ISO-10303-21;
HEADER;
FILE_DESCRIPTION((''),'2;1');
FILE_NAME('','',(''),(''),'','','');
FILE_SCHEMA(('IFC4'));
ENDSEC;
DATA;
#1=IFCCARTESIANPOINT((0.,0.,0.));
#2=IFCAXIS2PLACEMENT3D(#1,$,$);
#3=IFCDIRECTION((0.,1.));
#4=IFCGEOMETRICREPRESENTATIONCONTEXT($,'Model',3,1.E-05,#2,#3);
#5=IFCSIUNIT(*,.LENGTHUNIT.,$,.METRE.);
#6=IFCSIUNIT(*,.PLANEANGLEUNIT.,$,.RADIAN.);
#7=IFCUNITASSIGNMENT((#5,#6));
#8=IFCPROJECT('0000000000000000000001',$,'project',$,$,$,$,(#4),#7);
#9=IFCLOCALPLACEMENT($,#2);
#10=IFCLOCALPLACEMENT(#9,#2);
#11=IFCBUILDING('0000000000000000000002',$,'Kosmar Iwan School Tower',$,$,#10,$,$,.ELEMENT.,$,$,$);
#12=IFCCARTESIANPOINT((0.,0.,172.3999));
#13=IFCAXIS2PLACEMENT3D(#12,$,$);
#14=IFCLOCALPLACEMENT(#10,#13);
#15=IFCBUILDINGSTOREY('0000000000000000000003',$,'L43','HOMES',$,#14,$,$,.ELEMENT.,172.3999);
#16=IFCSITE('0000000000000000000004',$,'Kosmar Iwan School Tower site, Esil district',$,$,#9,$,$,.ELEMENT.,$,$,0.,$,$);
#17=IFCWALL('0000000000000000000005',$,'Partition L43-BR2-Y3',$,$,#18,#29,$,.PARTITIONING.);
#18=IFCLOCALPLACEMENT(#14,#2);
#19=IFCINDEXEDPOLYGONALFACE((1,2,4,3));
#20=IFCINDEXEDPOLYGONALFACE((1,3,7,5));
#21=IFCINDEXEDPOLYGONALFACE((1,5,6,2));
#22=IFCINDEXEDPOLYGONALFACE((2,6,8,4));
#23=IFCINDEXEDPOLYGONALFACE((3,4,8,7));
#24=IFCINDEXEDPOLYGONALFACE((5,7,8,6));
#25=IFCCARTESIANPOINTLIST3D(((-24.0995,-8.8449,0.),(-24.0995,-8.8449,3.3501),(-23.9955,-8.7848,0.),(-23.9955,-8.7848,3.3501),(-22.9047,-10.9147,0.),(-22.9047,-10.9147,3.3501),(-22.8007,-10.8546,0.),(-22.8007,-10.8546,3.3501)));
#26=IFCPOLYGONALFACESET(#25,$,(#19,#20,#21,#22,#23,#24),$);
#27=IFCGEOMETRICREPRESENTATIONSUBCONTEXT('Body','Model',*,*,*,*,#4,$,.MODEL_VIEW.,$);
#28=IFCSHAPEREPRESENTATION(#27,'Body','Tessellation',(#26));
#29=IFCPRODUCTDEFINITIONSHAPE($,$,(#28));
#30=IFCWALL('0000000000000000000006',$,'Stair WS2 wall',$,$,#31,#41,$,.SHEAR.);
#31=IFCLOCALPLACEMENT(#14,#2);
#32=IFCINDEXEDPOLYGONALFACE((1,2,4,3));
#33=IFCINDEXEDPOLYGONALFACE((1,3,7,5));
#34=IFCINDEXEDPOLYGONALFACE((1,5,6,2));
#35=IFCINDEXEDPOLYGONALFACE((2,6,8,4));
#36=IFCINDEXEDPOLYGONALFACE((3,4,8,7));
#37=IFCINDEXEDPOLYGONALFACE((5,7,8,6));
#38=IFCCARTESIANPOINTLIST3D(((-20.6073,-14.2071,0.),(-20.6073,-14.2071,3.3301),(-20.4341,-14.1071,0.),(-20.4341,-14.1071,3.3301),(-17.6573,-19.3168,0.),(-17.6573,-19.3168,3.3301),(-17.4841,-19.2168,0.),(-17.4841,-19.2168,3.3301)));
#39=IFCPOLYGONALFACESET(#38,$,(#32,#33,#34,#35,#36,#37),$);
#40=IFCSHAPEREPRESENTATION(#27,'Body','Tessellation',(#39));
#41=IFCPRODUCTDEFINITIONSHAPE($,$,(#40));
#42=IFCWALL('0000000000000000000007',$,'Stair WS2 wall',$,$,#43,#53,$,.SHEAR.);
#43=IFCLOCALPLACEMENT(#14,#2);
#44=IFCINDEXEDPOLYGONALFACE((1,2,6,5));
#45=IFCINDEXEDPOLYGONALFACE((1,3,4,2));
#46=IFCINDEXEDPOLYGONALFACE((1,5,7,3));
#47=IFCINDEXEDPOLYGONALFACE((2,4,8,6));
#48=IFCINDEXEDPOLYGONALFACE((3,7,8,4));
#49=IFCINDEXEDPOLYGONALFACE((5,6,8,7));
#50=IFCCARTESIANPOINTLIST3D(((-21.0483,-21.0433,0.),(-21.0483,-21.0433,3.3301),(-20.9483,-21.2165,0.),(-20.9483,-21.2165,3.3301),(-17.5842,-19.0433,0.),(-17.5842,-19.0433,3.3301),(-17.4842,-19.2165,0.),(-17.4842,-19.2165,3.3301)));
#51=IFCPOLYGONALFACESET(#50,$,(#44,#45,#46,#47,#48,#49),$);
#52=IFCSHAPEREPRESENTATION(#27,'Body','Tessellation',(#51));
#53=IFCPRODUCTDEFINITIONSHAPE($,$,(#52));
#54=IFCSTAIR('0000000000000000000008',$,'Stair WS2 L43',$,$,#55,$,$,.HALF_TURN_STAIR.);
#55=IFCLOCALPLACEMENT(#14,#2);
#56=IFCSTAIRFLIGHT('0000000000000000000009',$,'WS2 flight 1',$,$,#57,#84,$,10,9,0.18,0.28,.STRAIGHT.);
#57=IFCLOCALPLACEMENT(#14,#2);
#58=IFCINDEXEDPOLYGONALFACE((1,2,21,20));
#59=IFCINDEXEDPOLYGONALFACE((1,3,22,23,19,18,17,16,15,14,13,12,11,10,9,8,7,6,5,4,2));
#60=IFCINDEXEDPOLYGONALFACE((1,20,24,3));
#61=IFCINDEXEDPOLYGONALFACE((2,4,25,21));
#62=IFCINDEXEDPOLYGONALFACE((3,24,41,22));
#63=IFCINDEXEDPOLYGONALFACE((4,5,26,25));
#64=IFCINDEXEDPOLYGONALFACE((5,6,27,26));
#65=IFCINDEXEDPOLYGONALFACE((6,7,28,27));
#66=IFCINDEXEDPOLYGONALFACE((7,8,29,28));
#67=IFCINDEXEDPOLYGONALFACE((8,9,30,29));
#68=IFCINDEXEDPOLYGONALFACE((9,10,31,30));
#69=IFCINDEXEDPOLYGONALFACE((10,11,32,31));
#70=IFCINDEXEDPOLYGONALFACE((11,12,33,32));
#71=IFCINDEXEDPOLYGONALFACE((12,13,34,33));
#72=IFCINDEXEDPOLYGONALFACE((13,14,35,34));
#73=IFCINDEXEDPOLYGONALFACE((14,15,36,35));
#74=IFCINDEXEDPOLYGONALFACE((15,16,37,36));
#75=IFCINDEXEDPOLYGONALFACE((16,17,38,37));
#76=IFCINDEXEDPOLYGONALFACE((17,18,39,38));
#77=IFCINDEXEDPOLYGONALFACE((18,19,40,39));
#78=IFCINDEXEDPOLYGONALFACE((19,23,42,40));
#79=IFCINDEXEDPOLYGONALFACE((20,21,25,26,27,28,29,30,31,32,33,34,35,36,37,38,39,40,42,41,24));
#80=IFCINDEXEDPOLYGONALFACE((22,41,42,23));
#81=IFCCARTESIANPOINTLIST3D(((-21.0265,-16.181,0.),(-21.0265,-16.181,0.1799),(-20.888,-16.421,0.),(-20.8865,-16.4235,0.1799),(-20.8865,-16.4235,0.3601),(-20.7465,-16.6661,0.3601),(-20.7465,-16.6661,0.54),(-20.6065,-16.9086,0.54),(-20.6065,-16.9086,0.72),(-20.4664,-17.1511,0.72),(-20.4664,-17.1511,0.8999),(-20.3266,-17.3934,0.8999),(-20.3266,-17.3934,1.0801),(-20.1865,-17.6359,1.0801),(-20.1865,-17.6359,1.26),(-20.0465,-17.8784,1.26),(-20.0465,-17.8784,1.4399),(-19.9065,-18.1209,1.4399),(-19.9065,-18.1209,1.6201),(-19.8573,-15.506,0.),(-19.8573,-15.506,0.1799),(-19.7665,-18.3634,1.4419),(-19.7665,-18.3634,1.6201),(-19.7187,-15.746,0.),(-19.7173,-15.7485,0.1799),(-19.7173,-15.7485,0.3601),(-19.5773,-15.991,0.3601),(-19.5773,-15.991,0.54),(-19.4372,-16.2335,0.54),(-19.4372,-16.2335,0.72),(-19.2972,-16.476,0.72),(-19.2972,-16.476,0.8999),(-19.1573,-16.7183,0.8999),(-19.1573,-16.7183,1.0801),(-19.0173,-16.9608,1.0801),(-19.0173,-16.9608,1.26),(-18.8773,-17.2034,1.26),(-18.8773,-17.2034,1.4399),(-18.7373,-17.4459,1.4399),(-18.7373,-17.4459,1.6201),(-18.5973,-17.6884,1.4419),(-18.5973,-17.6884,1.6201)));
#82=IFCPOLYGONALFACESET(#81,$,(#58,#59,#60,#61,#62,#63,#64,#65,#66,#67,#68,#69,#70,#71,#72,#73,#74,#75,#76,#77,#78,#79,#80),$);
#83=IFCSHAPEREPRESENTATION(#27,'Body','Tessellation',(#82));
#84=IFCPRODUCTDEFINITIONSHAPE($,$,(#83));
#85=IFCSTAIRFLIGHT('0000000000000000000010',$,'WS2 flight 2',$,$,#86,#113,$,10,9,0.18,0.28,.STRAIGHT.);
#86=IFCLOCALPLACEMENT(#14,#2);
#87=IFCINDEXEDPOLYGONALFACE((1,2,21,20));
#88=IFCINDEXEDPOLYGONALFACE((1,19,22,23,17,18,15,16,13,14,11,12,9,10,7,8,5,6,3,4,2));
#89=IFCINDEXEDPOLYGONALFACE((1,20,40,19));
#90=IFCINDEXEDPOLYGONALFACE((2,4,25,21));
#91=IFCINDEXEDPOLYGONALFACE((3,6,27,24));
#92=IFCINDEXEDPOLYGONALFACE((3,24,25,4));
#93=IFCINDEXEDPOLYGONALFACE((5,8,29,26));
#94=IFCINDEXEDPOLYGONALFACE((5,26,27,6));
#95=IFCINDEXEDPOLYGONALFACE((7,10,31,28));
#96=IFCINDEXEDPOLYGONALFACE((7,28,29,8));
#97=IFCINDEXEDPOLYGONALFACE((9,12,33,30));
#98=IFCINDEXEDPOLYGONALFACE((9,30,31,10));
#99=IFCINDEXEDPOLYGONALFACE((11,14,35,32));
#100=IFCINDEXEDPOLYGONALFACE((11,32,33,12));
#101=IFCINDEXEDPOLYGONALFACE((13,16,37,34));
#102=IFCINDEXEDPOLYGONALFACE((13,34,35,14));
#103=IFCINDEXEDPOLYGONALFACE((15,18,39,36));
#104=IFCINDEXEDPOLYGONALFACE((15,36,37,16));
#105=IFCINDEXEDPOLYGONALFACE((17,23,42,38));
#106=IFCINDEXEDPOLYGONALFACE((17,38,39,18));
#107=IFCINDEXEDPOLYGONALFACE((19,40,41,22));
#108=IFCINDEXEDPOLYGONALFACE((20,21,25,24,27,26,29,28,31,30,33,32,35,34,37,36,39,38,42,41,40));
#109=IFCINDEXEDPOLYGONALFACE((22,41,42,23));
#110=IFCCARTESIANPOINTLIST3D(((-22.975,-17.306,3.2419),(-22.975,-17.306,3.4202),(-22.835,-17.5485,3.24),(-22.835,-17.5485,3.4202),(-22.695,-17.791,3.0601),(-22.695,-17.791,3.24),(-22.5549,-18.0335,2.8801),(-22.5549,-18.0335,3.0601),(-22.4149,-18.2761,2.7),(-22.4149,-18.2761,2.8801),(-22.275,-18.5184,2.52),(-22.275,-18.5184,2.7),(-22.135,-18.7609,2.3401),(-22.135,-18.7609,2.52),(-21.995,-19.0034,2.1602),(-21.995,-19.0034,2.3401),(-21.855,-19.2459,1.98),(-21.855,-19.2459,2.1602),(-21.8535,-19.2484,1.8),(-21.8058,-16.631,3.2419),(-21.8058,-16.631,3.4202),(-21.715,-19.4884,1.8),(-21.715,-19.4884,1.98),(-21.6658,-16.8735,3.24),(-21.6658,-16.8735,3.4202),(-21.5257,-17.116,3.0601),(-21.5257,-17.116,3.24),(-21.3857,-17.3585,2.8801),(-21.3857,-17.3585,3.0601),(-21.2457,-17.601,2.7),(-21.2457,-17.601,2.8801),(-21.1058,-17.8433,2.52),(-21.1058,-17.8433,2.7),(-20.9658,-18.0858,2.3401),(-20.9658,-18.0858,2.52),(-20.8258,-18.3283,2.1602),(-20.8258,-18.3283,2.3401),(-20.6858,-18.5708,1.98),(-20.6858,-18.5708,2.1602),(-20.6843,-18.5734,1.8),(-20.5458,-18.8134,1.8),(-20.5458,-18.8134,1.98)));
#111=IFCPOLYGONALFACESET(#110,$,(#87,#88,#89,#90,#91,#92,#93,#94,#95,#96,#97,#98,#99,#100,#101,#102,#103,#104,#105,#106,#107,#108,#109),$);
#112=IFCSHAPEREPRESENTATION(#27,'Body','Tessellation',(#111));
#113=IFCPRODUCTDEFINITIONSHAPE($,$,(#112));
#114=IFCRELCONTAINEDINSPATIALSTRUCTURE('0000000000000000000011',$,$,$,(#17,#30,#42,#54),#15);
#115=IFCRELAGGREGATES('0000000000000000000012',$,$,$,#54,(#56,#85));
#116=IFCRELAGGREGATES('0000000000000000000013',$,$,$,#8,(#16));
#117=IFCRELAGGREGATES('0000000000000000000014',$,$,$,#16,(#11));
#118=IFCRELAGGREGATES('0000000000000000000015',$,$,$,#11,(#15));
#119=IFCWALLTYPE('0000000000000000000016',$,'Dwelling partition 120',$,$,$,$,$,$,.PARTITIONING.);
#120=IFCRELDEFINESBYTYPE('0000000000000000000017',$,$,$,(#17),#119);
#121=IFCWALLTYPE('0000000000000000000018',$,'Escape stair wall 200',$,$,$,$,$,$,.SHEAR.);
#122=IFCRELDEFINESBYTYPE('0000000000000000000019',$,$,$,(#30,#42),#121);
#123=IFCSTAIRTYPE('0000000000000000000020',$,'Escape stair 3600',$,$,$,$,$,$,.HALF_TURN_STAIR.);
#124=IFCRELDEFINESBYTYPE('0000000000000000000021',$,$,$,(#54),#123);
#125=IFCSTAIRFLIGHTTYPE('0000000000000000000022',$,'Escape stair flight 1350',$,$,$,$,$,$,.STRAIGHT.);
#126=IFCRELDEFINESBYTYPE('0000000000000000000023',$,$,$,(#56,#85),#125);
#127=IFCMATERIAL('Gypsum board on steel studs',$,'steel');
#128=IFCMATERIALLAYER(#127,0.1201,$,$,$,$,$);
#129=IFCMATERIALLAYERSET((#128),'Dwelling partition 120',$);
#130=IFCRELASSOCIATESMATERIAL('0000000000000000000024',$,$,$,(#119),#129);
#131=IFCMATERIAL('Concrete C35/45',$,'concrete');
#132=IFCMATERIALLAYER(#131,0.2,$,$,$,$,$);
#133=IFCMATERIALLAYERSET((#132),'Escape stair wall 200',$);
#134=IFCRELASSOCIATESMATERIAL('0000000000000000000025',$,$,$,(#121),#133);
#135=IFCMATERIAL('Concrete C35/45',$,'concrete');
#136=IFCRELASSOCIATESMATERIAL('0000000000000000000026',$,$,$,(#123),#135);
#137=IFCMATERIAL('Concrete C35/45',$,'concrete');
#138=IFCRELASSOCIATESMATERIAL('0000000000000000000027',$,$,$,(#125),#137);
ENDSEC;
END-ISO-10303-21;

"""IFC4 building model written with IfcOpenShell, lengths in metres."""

from ifc_helpers import new_model, si_unit, direction, frame, frame_2d, origin, place, context, subcontext, project, spatial, polyline, rectangle, outline, extrude, material, layer, layer_set, type_object, element, aggregate, save


model = new_model("IFC4")

# Units and contexts
model_context = context("Model", 3, precision=1e-05, world=origin(), true_north=direction((0.0, 1.0)))
body_context = subcontext(model_context, "Body", "Model", "MODEL_VIEW")
ifc_project = project(units=[si_unit("LENGTHUNIT", "METRE"), si_unit("PLANEANGLEUNIT", "RADIAN")], contexts=[model_context])

# Site, building, storey
site_placement = place(None, origin())
site = spatial("IfcSite", under=ifc_project, at=site_placement, Name="Kosmar Iwan School Tower site, Esil district", CompositionType="ELEMENT", RefElevation=0.0)
building_placement = place(site_placement, origin())
building = spatial("IfcBuilding", under=site, at=building_placement, Name="Kosmar Iwan School Tower", CompositionType="ELEMENT")
storey_placement = place(building_placement, frame((0.0, 0.0, 172.3999)))
storey = spatial("IfcBuildingStorey", under=building, at=storey_placement, Name="L43", Description="HOMES", CompositionType="ELEMENT", Elevation=172.3999)

# Shared definitions
ifc_material_1 = material(Name="Gypsum board on steel studs", Category="steel")
ifc_layer_1 = layer(ifc_material_1, 0.1201)
ifc_layer_set_1 = layer_set([ifc_layer_1], Name="Dwelling partition 120")
wall_type_1 = type_object("IfcWallType", Name="Dwelling partition 120", PredefinedType="PARTITIONING", material=ifc_layer_set_1)

# Walls
wall_1_placement = place(storey_placement, frame((-22.8528, -10.8845, 0.0), z_axis=(0.0, 0.0, 1.0), x_axis=(-0.499941, 0.86606, 0.0)))
element("IfcWall", 1, at=wall_1_placement, inside=storey, type_object=wall_type_1, Name="Partition L43-BR2-Y3", PredefinedType="PARTITIONING", context=body_context, shape_type="SweptSolid", body=[
    extrude(rectangle(XDim=2.3899, YDim=0.1201, at=frame_2d((1.1948, 0.0))), origin(), (0.0, 0.0, 1.0), 3.3501),
])
ifc_material_2 = material(Name="Concrete C35/45", Category="concrete")
ifc_layer_2 = layer(ifc_material_2, 0.2)
ifc_layer_set_2 = layer_set([ifc_layer_2], Name="Escape stair wall 200")
wall_type_2 = type_object("IfcWallType", Name="Escape stair wall 200", PredefinedType="SHEAR", material=ifc_layer_set_2)
wall_2_placement = place(storey_placement, frame((-20.5208, -14.157, 0.0), z_axis=(0.0, 0.0, 1.0), x_axis=(0.499989, -0.866032, 0.0)))
element("IfcWall", 2, at=wall_2_placement, inside=storey, type_object=wall_type_2, Name="Stair WS2 wall", PredefinedType="SHEAR", context=body_context, shape_type="SweptSolid", body=[
    extrude(rectangle(XDim=5.9001, YDim=0.2, at=frame_2d((2.9502, 0.0))), origin(), (0.0, 0.0, 1.0), 3.3301),
])
wall_3_placement = place(storey_placement, frame((-17.5342, -19.1299, 0.0), z_axis=(0.0, 0.0, 1.0), x_axis=(-0.866026, -0.499999, 0.0)))
element("IfcWall", 3, at=wall_3_placement, inside=storey, type_object=wall_type_2, Name="Stair WS2 wall", PredefinedType="SHEAR", context=body_context, shape_type="SweptSolid", body=[
    extrude(rectangle(XDim=4.0, YDim=0.2, at=frame_2d((2.0, 0.0))), origin(), (0.0, 0.0, 1.0), 3.3301),
])

# Stair, stair flights
ifc_material_3 = material(Name="Concrete C35/45", Category="concrete")
stair_type = type_object("IfcStairType", Name="Escape stair 3600", PredefinedType="HALF_TURN_STAIR", material=ifc_material_3)
stair_placement = place(storey_placement, origin())
stair = element("IfcStair", 4, at=stair_placement, inside=storey, type_object=stair_type, Name="Stair WS2 L43", PredefinedType="HALF_TURN_STAIR")
ifc_material_4 = material(Name="Concrete C35/45", Category="concrete")
stair_flight_type = type_object("IfcStairFlightType", Name="Escape stair flight 1350", PredefinedType="STRAIGHT", material=ifc_material_4)
stair_flight_1_placement = place(storey_placement, frame((-20.4419, -15.8435, 0.0), z_axis=(0.0, 0.0, 1.0), x_axis=(0.5, -0.866025, 0.0)))
stair_flight_1 = element("IfcStairFlight", 5, at=stair_flight_1_placement, type_object=stair_flight_type, Name="WS2 flight 1", NumberOfRisers=10, NumberOfTreads=9, PredefinedType="STRAIGHT", RiserHeight=0.18, TreadLength=0.28, context=body_context, shape_type="SweptSolid", body=[
    extrude(outline(polyline([(0.0, 0.0), (0.0, 0.1799), (0.28, 0.1799), (0.28, 0.3601), (0.5601, 0.3601), (0.5601, 0.54), (0.8401, 0.54), (0.8401, 0.72), (1.1201, 0.72), (1.1201, 0.8999), (1.3999, 0.8999), (1.3999, 1.0801), (1.6799, 1.0801), (1.6799, 1.26), (1.96, 1.26), (1.96, 1.4399), (2.24, 1.4399), (2.24, 1.6201), (2.52, 1.6201), (2.52, 1.8), (2.52, 1.4419), (0.2771, 0.0), (0.0, 0.0)])), frame((0.0, 0.675, 0.0), z_axis=(0.0, -1.0, 0.0), x_axis=(1.0, 0.0, 0.0)), (0.0, 0.0, 1.0), 1.3501),
])
stair_flight_2_placement = place(storey_placement, frame((-21.1304, -19.1509, 1.8), z_axis=(0.0, 0.0, 1.0), x_axis=(-0.5, 0.866025, 0.0)))
stair_flight_2 = element("IfcStairFlight", 6, at=stair_flight_2_placement, type_object=stair_flight_type, Name="WS2 flight 2", NumberOfRisers=10, NumberOfTreads=9, PredefinedType="STRAIGHT", RiserHeight=0.18, TreadLength=0.28, context=body_context, shape_type="SweptSolid", body=[
    extrude(outline(polyline([(0.0, 0.0), (0.0, 0.1799), (0.28, 0.1799), (0.28, 0.3601), (0.5601, 0.3601), (0.5601, 0.54), (0.8401, 0.54), (0.8401, 0.72), (1.1201, 0.72), (1.1201, 0.8999), (1.3999, 0.8999), (1.3999, 1.0801), (1.6799, 1.0801), (1.6799, 1.26), (1.96, 1.26), (1.96, 1.4399), (2.24, 1.4399), (2.24, 1.6201), (2.52, 1.6201), (2.52, 1.8), (2.52, 1.4419), (0.2771, 0.0), (0.0, 0.0)])), frame((0.0, 0.675, 0.0), z_axis=(0.0, -1.0, 0.0), x_axis=(1.0, 0.0, 0.0)), (0.0, 0.0, 1.0), 1.3501),
])
aggregate(stair, [stair_flight_1, stair_flight_2])

save(model, "model.ifc")
